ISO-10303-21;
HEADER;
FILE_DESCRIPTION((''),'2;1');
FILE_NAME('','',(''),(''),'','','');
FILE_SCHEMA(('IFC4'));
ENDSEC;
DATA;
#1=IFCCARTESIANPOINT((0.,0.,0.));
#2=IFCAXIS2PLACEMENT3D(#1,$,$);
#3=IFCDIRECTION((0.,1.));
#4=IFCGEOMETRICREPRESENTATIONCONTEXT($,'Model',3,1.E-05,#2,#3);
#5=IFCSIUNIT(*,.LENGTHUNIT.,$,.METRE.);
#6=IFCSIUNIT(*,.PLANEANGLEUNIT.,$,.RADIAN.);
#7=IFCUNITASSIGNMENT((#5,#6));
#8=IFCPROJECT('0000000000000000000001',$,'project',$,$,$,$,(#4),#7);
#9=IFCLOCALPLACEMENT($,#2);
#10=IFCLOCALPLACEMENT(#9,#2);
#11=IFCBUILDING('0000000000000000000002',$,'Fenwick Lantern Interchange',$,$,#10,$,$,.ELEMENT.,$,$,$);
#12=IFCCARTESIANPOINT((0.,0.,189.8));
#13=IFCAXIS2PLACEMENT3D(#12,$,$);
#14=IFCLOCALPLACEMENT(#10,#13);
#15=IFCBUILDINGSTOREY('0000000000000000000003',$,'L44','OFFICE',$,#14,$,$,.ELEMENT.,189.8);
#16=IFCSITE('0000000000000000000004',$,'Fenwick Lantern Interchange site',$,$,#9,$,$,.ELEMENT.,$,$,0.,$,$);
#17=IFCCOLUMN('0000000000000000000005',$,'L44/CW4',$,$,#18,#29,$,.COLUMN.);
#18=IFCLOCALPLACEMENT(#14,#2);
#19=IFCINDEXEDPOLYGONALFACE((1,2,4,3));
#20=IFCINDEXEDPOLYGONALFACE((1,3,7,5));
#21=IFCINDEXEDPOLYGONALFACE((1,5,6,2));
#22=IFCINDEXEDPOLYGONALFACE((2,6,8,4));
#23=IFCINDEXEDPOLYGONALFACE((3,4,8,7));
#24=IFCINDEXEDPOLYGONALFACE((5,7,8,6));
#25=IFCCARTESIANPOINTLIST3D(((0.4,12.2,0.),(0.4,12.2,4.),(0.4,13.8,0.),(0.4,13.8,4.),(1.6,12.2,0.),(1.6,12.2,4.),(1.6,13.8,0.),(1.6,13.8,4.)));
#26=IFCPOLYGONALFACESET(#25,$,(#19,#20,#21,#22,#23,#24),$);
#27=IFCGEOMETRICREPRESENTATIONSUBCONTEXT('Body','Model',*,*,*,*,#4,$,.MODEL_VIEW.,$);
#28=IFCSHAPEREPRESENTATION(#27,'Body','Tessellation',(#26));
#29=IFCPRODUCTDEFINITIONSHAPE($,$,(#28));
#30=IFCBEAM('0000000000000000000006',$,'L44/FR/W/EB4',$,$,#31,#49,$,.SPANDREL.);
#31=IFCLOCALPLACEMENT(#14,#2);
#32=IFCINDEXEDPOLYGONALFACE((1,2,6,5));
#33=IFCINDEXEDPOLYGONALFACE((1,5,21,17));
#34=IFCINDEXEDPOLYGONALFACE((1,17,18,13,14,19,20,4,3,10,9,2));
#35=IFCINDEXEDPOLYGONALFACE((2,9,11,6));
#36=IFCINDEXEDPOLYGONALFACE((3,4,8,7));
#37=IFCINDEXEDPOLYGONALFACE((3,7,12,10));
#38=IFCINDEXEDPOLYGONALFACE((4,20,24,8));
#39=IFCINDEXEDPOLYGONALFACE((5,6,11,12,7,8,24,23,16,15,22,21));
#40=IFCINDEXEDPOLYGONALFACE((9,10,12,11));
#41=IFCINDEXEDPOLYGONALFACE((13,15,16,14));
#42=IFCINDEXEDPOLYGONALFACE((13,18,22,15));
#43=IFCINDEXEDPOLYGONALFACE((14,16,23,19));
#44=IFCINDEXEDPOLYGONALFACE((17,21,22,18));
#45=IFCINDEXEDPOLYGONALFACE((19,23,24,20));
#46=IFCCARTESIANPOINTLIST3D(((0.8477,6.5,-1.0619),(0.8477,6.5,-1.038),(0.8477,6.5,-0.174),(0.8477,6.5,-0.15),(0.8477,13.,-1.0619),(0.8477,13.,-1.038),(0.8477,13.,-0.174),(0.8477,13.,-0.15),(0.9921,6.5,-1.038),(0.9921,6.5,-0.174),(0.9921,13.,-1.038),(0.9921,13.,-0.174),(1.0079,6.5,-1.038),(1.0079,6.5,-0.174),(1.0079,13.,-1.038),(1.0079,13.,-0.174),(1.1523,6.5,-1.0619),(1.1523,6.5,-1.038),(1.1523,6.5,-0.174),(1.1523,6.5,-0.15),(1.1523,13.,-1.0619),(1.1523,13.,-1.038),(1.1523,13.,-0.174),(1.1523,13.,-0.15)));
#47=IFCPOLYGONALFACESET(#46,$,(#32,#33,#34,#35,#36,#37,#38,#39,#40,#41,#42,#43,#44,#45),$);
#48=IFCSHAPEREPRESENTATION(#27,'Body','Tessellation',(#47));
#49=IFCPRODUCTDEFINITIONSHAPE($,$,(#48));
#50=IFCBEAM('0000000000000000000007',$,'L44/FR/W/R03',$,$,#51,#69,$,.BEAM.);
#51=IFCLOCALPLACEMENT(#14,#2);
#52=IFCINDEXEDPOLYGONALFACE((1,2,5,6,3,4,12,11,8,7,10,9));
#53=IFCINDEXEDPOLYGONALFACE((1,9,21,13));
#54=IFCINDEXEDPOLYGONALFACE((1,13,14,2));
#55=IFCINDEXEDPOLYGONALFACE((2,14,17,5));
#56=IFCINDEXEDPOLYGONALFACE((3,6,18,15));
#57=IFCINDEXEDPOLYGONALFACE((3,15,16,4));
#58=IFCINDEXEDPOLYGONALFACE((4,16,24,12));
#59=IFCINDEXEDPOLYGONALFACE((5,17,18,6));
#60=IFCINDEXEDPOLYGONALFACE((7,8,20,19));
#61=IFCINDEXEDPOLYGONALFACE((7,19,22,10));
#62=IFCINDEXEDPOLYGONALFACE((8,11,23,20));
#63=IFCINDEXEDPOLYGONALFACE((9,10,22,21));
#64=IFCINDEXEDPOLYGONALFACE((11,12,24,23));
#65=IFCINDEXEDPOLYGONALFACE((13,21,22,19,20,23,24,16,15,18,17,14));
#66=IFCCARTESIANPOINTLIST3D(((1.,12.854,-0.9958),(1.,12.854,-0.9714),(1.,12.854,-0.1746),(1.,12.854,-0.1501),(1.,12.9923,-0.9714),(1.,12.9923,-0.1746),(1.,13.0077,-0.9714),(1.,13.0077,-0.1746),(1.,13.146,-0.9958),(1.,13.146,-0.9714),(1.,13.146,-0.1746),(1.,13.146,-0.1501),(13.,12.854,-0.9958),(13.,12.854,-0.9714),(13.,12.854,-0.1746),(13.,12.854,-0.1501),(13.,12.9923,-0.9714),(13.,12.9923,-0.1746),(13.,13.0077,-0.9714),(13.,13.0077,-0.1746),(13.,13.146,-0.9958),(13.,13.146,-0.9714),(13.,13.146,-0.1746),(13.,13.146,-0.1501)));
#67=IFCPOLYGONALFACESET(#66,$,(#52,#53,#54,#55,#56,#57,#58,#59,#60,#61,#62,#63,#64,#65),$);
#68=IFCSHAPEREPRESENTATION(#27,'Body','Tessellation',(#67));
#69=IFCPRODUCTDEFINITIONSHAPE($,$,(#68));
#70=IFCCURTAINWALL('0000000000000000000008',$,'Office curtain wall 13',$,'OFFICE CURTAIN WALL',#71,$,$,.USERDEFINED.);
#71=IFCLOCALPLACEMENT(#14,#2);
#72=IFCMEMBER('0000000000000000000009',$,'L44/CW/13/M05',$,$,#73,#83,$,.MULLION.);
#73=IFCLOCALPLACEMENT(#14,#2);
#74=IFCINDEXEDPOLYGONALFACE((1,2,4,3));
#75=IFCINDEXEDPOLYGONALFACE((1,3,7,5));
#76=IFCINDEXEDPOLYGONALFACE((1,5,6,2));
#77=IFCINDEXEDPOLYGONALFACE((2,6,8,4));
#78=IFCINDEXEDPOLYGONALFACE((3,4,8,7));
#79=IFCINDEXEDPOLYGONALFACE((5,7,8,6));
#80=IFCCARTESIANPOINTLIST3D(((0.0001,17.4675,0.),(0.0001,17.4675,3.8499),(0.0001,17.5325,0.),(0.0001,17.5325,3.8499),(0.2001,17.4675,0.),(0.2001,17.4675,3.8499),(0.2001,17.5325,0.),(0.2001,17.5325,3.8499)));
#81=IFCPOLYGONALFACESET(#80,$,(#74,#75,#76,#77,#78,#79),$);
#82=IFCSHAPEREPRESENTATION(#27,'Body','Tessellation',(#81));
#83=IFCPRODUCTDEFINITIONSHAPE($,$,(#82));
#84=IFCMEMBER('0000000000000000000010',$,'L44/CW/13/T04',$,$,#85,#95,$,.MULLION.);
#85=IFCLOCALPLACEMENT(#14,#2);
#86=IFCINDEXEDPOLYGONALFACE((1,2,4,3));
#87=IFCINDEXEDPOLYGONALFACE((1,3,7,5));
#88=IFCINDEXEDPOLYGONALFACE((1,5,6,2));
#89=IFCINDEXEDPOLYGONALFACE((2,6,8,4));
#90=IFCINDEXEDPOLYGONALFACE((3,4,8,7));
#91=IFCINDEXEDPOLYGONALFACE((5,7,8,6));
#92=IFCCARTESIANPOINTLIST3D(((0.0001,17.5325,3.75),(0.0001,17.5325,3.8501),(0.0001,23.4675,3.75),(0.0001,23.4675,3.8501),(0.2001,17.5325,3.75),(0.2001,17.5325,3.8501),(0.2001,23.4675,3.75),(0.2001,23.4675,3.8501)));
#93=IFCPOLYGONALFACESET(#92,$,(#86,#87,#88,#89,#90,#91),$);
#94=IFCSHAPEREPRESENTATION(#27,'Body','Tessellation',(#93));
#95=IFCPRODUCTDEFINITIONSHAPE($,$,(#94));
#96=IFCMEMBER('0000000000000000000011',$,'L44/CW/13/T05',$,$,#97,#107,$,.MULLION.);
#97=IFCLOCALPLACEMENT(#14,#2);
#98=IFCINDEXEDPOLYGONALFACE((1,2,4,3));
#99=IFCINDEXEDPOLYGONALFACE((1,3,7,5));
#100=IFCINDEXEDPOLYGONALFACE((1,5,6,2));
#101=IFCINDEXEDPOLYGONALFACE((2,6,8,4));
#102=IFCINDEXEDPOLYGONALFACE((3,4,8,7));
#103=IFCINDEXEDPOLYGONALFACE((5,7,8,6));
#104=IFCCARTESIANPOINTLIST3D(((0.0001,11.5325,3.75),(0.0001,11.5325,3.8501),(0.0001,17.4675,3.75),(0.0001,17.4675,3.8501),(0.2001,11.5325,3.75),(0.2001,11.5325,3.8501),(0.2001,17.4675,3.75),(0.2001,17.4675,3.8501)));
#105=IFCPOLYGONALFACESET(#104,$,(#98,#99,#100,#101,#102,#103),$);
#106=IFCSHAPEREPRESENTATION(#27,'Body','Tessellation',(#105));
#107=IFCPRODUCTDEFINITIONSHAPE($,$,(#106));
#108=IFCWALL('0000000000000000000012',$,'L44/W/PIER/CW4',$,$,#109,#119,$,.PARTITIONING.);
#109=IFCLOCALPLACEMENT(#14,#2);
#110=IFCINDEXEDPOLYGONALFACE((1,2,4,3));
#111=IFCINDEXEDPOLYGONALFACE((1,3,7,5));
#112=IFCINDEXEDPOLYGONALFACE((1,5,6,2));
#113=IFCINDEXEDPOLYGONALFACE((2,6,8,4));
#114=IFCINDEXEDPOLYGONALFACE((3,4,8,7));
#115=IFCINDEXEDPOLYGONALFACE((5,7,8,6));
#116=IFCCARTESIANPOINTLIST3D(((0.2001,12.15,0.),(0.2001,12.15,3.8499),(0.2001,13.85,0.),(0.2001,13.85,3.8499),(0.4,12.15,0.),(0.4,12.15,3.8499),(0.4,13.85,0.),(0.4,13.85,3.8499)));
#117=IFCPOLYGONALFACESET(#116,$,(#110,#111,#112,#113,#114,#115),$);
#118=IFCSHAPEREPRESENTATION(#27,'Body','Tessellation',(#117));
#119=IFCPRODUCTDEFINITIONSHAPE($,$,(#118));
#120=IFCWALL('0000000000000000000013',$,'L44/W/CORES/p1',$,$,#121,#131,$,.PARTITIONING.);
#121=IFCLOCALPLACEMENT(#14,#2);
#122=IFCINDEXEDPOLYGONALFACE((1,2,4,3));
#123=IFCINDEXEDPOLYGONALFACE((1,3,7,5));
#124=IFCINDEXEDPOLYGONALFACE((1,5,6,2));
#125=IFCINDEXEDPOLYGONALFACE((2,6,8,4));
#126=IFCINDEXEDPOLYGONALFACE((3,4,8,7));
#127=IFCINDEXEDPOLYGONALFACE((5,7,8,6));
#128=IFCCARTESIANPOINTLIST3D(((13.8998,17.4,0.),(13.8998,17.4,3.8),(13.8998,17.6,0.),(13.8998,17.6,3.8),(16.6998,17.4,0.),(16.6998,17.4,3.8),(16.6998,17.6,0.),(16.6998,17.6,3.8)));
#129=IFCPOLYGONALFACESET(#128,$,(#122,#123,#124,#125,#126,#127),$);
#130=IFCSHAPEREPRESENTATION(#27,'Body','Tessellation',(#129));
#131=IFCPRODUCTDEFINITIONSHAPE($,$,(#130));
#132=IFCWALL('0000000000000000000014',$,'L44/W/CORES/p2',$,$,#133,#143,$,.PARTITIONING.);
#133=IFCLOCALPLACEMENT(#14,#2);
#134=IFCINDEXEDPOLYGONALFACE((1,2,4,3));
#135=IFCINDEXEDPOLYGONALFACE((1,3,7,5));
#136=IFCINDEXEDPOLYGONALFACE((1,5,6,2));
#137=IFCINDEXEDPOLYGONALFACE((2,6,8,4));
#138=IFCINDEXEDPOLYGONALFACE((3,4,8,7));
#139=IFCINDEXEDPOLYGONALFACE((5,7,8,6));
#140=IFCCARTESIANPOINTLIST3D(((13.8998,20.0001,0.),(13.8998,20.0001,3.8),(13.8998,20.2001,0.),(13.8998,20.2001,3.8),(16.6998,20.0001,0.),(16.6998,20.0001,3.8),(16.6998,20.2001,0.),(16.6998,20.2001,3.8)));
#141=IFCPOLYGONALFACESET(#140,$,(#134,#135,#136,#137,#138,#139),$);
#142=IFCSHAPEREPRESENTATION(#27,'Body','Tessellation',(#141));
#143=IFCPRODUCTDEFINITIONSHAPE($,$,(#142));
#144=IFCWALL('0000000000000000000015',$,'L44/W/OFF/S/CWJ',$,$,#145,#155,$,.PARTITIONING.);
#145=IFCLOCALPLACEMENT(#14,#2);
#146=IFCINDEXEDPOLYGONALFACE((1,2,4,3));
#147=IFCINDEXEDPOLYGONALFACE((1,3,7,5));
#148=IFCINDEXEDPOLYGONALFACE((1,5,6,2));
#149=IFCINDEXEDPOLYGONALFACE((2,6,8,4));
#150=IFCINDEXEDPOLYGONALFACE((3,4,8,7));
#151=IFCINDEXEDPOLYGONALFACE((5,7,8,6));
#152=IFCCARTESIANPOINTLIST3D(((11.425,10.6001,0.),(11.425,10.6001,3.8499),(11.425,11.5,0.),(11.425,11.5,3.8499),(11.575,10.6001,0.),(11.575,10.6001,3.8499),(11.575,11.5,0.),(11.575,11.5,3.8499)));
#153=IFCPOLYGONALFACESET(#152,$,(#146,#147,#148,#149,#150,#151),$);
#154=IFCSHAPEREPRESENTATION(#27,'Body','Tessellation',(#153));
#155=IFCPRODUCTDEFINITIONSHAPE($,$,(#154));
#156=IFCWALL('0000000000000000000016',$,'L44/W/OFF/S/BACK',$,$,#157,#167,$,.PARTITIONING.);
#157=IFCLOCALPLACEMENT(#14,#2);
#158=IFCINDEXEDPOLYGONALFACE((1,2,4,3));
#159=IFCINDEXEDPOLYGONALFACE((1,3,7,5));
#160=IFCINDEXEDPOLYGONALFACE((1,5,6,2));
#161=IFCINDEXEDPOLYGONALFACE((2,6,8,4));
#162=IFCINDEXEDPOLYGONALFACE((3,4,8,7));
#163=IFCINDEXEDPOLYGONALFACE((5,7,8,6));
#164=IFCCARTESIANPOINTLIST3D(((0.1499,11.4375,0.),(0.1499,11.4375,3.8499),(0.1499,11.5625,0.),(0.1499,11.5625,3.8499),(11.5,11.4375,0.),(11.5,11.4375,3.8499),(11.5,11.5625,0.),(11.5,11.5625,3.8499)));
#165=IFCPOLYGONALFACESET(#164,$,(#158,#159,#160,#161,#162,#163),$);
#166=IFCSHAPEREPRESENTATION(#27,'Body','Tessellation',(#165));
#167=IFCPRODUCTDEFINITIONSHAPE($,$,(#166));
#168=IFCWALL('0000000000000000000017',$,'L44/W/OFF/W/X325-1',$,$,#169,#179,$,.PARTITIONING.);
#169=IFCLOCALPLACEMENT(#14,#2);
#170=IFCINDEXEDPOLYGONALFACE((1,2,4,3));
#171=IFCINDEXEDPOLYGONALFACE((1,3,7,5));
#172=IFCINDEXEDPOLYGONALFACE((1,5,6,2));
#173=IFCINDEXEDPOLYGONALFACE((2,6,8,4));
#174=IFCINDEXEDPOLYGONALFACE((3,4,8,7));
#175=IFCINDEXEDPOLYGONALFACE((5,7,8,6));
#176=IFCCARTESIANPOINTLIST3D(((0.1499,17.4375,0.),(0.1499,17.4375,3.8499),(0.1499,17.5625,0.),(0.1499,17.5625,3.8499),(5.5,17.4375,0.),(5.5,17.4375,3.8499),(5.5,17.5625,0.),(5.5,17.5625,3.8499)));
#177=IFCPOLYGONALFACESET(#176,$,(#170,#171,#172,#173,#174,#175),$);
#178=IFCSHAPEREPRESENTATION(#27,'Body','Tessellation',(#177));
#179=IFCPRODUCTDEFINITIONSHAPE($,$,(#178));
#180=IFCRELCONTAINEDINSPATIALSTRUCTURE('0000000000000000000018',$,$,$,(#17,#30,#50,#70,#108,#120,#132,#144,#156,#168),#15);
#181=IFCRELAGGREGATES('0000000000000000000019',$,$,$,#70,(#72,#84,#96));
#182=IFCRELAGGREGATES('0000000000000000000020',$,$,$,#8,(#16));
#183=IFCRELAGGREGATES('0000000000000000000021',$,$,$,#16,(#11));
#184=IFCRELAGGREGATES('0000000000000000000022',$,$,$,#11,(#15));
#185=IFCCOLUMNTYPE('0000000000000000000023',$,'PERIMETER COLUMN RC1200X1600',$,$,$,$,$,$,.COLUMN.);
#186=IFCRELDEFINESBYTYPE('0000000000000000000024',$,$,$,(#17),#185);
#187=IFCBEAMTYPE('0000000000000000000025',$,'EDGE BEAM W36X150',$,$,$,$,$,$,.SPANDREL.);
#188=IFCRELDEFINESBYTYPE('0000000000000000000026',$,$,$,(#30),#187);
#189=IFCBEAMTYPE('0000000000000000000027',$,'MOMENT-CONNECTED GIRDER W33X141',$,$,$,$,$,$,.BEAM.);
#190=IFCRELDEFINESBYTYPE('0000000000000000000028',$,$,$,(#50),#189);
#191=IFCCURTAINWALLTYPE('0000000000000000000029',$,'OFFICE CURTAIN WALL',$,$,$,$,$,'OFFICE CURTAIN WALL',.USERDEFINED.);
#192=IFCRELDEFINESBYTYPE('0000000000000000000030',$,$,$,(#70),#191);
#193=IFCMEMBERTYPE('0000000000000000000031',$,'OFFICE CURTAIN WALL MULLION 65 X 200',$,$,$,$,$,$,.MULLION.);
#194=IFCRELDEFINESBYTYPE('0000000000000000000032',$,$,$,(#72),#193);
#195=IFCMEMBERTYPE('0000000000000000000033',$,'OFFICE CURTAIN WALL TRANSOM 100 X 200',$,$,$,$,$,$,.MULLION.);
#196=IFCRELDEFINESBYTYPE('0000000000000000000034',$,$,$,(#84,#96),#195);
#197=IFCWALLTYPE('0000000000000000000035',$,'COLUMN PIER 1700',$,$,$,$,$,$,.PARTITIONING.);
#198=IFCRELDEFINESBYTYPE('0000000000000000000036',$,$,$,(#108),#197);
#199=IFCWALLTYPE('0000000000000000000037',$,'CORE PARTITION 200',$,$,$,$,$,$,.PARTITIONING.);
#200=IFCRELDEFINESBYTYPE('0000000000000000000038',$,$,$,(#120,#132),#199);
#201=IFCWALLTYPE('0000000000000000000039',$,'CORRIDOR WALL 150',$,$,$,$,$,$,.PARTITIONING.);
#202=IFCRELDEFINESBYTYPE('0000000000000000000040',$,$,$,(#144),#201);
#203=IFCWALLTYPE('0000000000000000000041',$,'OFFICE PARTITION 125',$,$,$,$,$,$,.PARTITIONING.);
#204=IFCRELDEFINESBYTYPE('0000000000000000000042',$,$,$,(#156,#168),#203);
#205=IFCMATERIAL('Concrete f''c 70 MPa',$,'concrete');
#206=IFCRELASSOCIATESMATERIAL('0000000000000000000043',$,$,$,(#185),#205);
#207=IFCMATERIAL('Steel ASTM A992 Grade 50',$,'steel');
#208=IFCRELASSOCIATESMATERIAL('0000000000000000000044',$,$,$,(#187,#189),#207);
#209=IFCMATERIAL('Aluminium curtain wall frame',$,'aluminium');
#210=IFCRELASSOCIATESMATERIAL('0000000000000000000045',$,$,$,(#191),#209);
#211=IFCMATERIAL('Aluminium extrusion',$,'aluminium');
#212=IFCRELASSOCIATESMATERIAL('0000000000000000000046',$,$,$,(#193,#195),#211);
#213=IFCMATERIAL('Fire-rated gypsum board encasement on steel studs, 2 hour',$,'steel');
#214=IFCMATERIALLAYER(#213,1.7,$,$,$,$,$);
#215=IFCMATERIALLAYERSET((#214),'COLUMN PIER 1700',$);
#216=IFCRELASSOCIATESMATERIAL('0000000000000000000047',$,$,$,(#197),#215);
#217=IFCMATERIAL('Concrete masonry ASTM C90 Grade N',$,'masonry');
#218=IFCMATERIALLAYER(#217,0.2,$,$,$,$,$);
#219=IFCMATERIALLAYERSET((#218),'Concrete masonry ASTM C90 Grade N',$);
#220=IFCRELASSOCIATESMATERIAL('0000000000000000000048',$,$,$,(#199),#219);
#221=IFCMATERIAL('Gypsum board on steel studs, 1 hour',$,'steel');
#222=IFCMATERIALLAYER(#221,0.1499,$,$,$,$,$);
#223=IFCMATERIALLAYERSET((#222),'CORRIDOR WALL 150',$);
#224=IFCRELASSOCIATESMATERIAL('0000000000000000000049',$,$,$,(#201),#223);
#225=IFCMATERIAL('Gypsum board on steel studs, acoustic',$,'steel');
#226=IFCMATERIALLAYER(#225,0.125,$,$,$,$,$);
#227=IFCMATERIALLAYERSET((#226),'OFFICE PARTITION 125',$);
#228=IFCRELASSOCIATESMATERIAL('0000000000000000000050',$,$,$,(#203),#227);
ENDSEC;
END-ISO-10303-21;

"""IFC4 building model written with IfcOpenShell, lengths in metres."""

from ifc_helpers import new_model, si_unit, direction, frame, frame_2d, origin, origin_2d, place, context, subcontext, project, spatial, rectangle, i_section, extrude, material, layer, layer_set, material_profile, profile_set, type_object, element, aggregate, save


model = new_model("IFC4")

# Units and contexts
model_context = context("Model", 3, precision=1e-05, world=origin(), true_north=direction((0.0, 1.0)))
body_context = subcontext(model_context, "Body", "Model", "MODEL_VIEW")
ifc_project = project(units=[si_unit("LENGTHUNIT", "METRE"), si_unit("PLANEANGLEUNIT", "RADIAN")], contexts=[model_context])

# Site, building, storey
site_placement = place(None, origin())
site = spatial("IfcSite", under=ifc_project, at=site_placement, Name="Fenwick Lantern Interchange site", CompositionType="ELEMENT", RefElevation=0.0)
building_placement = place(site_placement, origin())
building = spatial("IfcBuilding", under=site, at=building_placement, Name="Fenwick Lantern Interchange", CompositionType="ELEMENT")
storey_placement = place(building_placement, frame((0.0, 0.0, 189.8)))
storey = spatial("IfcBuildingStorey", under=building, at=storey_placement, Name="L44", Description="OFFICE", CompositionType="ELEMENT", Elevation=189.8)

# Column
ifc_material_1 = material(Name="Concrete f'c 70 MPa", Category="concrete")
ifc_material_profile_1 = material_profile(ifc_material_1, rectangle(XDim=1.2, YDim=1.6001, at=origin_2d()), Name="RC1200X1600")
ifc_profile_set_1 = profile_set([ifc_material_profile_1], Name="Concrete f'c 70 MPa")
column_type = type_object("IfcColumnType", Name="PERIMETER COLUMN RC1200X1600", PredefinedType="COLUMN", material=ifc_profile_set_1)
column_placement = place(storey_placement, frame((1.0, 13.0, 0.0), z_axis=(0.0, 0.0, 1.0), x_axis=(1.0, 0.0, 0.0)))
element("IfcColumn", 1, at=column_placement, inside=storey, type_object=column_type, Name="L44/CW4", PredefinedType="COLUMN", context=body_context, shape_type="SweptSolid", body=[
    extrude(rectangle(XDim=1.2, YDim=1.6001, at=origin_2d()), origin(), (0.0, 0.0, 1.0), 4.0),
])

# Beams
ifc_material_2 = material(Name="Steel ASTM A992 Grade 50", Category="steel")
ifc_material_profile_2 = material_profile(ifc_material_2, i_section(OverallWidth=0.3047, OverallDepth=0.9119, WebThickness=0.0159, FlangeThickness=0.0239, at=origin_2d()), Name="W36X150")
ifc_profile_set_2 = profile_set([ifc_material_profile_2], Name="Steel ASTM A992 Grade 50")
beam_type_1 = type_object("IfcBeamType", Name="EDGE BEAM W36X150", PredefinedType="SPANDREL", material=ifc_profile_set_2)
beam_1_placement = place(storey_placement, frame((1.0, 13.0, -0.606), z_axis=(0.0, -1.0, 0.0), x_axis=(1.0, 0.0, 0.0)))
element("IfcBeam", 2, at=beam_1_placement, inside=storey, type_object=beam_type_1, Name="L44/FR/W/EB4", PredefinedType="SPANDREL", context=body_context, shape_type="SweptSolid", body=[
    extrude(i_section(OverallWidth=0.3047, OverallDepth=0.9119, WebThickness=0.0159, FlangeThickness=0.0239, at=origin_2d()), origin(), (0.0, 0.0, 1.0), 6.5),
])
ifc_material_profile_3 = material_profile(ifc_material_2, i_section(OverallWidth=0.292, OverallDepth=0.8457, WebThickness=0.0154, FlangeThickness=0.0244, at=origin_2d()), Name="W33X141")
ifc_profile_set_3 = profile_set([ifc_material_profile_3], Name="Steel ASTM A992 Grade 50")
beam_type_2 = type_object("IfcBeamType", Name="MOMENT-CONNECTED GIRDER W33X141", PredefinedType="BEAM", material=ifc_profile_set_3)
beam_2_placement = place(storey_placement, frame((1.0, 13.0, -0.573), z_axis=(1.0, 0.0, 0.0), x_axis=(0.0, 1.0, 0.0)))
element("IfcBeam", 3, at=beam_2_placement, inside=storey, type_object=beam_type_2, Name="L44/FR/W/R03", PredefinedType="BEAM", context=body_context, shape_type="SweptSolid", body=[
    extrude(i_section(OverallWidth=0.292, OverallDepth=0.8457, WebThickness=0.0154, FlangeThickness=0.0244, at=origin_2d()), origin(), (0.0, 0.0, 1.0), 12.0),
])

# Curtain wall, members
ifc_material_3 = material(Name="Aluminium curtain wall frame", Category="aluminium")
curtain_wall_type = type_object("IfcCurtainWallType", Name="OFFICE CURTAIN WALL", ElementType="OFFICE CURTAIN WALL", PredefinedType="USERDEFINED", material=ifc_material_3)
curtain_wall_placement = place(storey_placement, origin())
curtain_wall = element("IfcCurtainWall", 4, at=curtain_wall_placement, inside=storey, type_object=curtain_wall_type, Name="Office curtain wall 13", ObjectType="OFFICE CURTAIN WALL", PredefinedType="USERDEFINED")
ifc_material_4 = material(Name="Aluminium extrusion", Category="aluminium")
ifc_material_profile_4 = material_profile(ifc_material_4, rectangle(XDim=0.2, YDim=0.0649, at=origin_2d()), Name="OFFICE CURTAIN WALL MULLION 65 X 200")
ifc_profile_set_4 = profile_set([ifc_material_profile_4], Name="Aluminium extrusion")
member_type_1 = type_object("IfcMemberType", Name="OFFICE CURTAIN WALL MULLION 65 X 200", PredefinedType="MULLION", material=ifc_profile_set_4)
member_1_placement = place(storey_placement, frame((0.1001, 17.5, 0.0), z_axis=(0.0, 0.0, 1.0), x_axis=(1.0, 0.0, 0.0)))
member_1 = element("IfcMember", 5, at=member_1_placement, type_object=member_type_1, Name="L44/CW/13/M05", PredefinedType="MULLION", context=body_context, shape_type="SweptSolid", body=[
    extrude(rectangle(XDim=0.2, YDim=0.0649, at=origin_2d()), origin(), (0.0, 0.0, 1.0), 3.8499),
])
ifc_material_profile_5 = material_profile(ifc_material_4, rectangle(XDim=0.2, YDim=0.1001, at=origin_2d()), Name="OFFICE CURTAIN WALL TRANSOM 100 X 200")
ifc_profile_set_5 = profile_set([ifc_material_profile_5], Name="Aluminium extrusion")
member_type_2 = type_object("IfcMemberType", Name="OFFICE CURTAIN WALL TRANSOM 100 X 200", PredefinedType="MULLION", material=ifc_profile_set_5)
member_2_placement = place(storey_placement, frame((0.1001, 23.4675, 3.8), z_axis=(0.0, -1.0, 0.0), x_axis=(1.0, 0.0, 0.0)))
member_2 = element("IfcMember", 6, at=member_2_placement, type_object=member_type_2, Name="L44/CW/13/T04", PredefinedType="MULLION", context=body_context, shape_type="SweptSolid", body=[
    extrude(rectangle(XDim=0.2, YDim=0.1001, at=origin_2d()), origin(), (0.0, 0.0, 1.0), 5.9351),
])
member_3_placement = place(storey_placement, frame((0.1001, 17.4675, 3.8), z_axis=(0.0, -1.0, 0.0), x_axis=(1.0, 0.0, 0.0)))
member_3 = element("IfcMember", 7, at=member_3_placement, type_object=member_type_2, Name="L44/CW/13/T05", PredefinedType="MULLION", context=body_context, shape_type="SweptSolid", body=[
    extrude(rectangle(XDim=0.2, YDim=0.1001, at=origin_2d()), origin(), (0.0, 0.0, 1.0), 5.9351),
])
aggregate(curtain_wall, [member_1, member_2, member_3])

# Walls
ifc_material_5 = material(Name="Fire-rated gypsum board encasement on steel studs, 2 hour", Category="steel")
ifc_layer_1 = layer(ifc_material_5, 1.7)
ifc_layer_set_1 = layer_set([ifc_layer_1], Name="COLUMN PIER 1700")
wall_type_1 = type_object("IfcWallType", Name="COLUMN PIER 1700", PredefinedType="PARTITIONING", material=ifc_layer_set_1)
wall_1_placement = place(storey_placement, frame((0.2, 13.0, 0.0), z_axis=(0.0, 0.0, 1.0), x_axis=(1.0, 0.0, 0.0)))
element("IfcWall", 8, at=wall_1_placement, inside=storey, type_object=wall_type_1, Name="L44/W/PIER/CW4", PredefinedType="PARTITIONING", context=body_context, shape_type="SweptSolid", body=[
    extrude(rectangle(XDim=0.2, YDim=1.7, at=frame_2d((0.1001, 0.0))), origin(), (0.0, 0.0, 1.0), 3.8499),
])
ifc_material_6 = material(Name="Concrete masonry ASTM C90 Grade N", Category="masonry")
ifc_layer_2 = layer(ifc_material_6, 0.2)
ifc_layer_set_2 = layer_set([ifc_layer_2], Name="Concrete masonry ASTM C90 Grade N")
wall_type_2 = type_object("IfcWallType", Name="CORE PARTITION 200", PredefinedType="PARTITIONING", material=ifc_layer_set_2)
for number, where, z_axis, x_axis, name in (
    (9, (13.8999, 17.5, 0.0), (0.0, 0.0, 1.0), (1.0, 0.0, 0.0), "L44/W/CORES/p1"),
    (10, (13.8999, 20.1001, 0.0), (0.0, 0.0, 1.0), (1.0, 0.0, 0.0), "L44/W/CORES/p2"),
):
    element("IfcWall", number, at=place(storey_placement, frame(where, z_axis=z_axis, x_axis=x_axis)), inside=storey, type_object=wall_type_2, Name=name, PredefinedType="PARTITIONING", context=body_context, shape_type="SweptSolid", body=[
        extrude(rectangle(XDim=2.8, YDim=0.2, at=frame_2d((1.3999, 0.0))), origin(), (0.0, 0.0, 1.0), 3.8),
    ])

# Walls
ifc_material_7 = material(Name="Gypsum board on steel studs, 1 hour", Category="steel")
ifc_layer_3 = layer(ifc_material_7, 0.1499)
ifc_layer_set_3 = layer_set([ifc_layer_3], Name="CORRIDOR WALL 150")
wall_type_3 = type_object("IfcWallType", Name="CORRIDOR WALL 150", PredefinedType="PARTITIONING", material=ifc_layer_set_3)
wall_2_placement = place(storey_placement, frame((11.5, 11.5, 0.0), z_axis=(0.0, 0.0, 1.0), x_axis=(0.0, -1.0, 0.0)))
element("IfcWall", 11, at=wall_2_placement, inside=storey, type_object=wall_type_3, Name="L44/W/OFF/S/CWJ", PredefinedType="PARTITIONING", context=body_context, shape_type="SweptSolid", body=[
    extrude(rectangle(XDim=0.8999, YDim=0.1499, at=frame_2d((0.45, 0.0))), origin(), (0.0, 0.0, 1.0), 3.8499),
])
ifc_material_8 = material(Name="Gypsum board on steel studs, acoustic", Category="steel")
ifc_layer_4 = layer(ifc_material_8, 0.125)
ifc_layer_set_4 = layer_set([ifc_layer_4], Name="OFFICE PARTITION 125")
wall_type_4 = type_object("IfcWallType", Name="OFFICE PARTITION 125", PredefinedType="PARTITIONING", material=ifc_layer_set_4)
wall_3_placement = place(storey_placement, frame((0.1499, 11.5, 0.0), z_axis=(0.0, 0.0, 1.0), x_axis=(1.0, 0.0, 0.0)))
element("IfcWall", 12, at=wall_3_placement, inside=storey, type_object=wall_type_4, Name="L44/W/OFF/S/BACK", PredefinedType="PARTITIONING", context=body_context, shape_type="SweptSolid", body=[
    extrude(rectangle(XDim=11.3501, YDim=0.125, at=frame_2d((5.675, 0.0))), origin(), (0.0, 0.0, 1.0), 3.8499),
])
wall_4_placement = place(storey_placement, frame((0.1499, 17.5, 0.0), z_axis=(0.0, 0.0, 1.0), x_axis=(1.0, 0.0, 0.0)))
element("IfcWall", 13, at=wall_4_placement, inside=storey, type_object=wall_type_4, Name="L44/W/OFF/W/X325-1", PredefinedType="PARTITIONING", context=body_context, shape_type="SweptSolid", body=[
    extrude(rectangle(XDim=5.3501, YDim=0.125, at=frame_2d((2.675, 0.0))), origin(), (0.0, 0.0, 1.0), 3.8499),
])

save(model, "model.ifc")
